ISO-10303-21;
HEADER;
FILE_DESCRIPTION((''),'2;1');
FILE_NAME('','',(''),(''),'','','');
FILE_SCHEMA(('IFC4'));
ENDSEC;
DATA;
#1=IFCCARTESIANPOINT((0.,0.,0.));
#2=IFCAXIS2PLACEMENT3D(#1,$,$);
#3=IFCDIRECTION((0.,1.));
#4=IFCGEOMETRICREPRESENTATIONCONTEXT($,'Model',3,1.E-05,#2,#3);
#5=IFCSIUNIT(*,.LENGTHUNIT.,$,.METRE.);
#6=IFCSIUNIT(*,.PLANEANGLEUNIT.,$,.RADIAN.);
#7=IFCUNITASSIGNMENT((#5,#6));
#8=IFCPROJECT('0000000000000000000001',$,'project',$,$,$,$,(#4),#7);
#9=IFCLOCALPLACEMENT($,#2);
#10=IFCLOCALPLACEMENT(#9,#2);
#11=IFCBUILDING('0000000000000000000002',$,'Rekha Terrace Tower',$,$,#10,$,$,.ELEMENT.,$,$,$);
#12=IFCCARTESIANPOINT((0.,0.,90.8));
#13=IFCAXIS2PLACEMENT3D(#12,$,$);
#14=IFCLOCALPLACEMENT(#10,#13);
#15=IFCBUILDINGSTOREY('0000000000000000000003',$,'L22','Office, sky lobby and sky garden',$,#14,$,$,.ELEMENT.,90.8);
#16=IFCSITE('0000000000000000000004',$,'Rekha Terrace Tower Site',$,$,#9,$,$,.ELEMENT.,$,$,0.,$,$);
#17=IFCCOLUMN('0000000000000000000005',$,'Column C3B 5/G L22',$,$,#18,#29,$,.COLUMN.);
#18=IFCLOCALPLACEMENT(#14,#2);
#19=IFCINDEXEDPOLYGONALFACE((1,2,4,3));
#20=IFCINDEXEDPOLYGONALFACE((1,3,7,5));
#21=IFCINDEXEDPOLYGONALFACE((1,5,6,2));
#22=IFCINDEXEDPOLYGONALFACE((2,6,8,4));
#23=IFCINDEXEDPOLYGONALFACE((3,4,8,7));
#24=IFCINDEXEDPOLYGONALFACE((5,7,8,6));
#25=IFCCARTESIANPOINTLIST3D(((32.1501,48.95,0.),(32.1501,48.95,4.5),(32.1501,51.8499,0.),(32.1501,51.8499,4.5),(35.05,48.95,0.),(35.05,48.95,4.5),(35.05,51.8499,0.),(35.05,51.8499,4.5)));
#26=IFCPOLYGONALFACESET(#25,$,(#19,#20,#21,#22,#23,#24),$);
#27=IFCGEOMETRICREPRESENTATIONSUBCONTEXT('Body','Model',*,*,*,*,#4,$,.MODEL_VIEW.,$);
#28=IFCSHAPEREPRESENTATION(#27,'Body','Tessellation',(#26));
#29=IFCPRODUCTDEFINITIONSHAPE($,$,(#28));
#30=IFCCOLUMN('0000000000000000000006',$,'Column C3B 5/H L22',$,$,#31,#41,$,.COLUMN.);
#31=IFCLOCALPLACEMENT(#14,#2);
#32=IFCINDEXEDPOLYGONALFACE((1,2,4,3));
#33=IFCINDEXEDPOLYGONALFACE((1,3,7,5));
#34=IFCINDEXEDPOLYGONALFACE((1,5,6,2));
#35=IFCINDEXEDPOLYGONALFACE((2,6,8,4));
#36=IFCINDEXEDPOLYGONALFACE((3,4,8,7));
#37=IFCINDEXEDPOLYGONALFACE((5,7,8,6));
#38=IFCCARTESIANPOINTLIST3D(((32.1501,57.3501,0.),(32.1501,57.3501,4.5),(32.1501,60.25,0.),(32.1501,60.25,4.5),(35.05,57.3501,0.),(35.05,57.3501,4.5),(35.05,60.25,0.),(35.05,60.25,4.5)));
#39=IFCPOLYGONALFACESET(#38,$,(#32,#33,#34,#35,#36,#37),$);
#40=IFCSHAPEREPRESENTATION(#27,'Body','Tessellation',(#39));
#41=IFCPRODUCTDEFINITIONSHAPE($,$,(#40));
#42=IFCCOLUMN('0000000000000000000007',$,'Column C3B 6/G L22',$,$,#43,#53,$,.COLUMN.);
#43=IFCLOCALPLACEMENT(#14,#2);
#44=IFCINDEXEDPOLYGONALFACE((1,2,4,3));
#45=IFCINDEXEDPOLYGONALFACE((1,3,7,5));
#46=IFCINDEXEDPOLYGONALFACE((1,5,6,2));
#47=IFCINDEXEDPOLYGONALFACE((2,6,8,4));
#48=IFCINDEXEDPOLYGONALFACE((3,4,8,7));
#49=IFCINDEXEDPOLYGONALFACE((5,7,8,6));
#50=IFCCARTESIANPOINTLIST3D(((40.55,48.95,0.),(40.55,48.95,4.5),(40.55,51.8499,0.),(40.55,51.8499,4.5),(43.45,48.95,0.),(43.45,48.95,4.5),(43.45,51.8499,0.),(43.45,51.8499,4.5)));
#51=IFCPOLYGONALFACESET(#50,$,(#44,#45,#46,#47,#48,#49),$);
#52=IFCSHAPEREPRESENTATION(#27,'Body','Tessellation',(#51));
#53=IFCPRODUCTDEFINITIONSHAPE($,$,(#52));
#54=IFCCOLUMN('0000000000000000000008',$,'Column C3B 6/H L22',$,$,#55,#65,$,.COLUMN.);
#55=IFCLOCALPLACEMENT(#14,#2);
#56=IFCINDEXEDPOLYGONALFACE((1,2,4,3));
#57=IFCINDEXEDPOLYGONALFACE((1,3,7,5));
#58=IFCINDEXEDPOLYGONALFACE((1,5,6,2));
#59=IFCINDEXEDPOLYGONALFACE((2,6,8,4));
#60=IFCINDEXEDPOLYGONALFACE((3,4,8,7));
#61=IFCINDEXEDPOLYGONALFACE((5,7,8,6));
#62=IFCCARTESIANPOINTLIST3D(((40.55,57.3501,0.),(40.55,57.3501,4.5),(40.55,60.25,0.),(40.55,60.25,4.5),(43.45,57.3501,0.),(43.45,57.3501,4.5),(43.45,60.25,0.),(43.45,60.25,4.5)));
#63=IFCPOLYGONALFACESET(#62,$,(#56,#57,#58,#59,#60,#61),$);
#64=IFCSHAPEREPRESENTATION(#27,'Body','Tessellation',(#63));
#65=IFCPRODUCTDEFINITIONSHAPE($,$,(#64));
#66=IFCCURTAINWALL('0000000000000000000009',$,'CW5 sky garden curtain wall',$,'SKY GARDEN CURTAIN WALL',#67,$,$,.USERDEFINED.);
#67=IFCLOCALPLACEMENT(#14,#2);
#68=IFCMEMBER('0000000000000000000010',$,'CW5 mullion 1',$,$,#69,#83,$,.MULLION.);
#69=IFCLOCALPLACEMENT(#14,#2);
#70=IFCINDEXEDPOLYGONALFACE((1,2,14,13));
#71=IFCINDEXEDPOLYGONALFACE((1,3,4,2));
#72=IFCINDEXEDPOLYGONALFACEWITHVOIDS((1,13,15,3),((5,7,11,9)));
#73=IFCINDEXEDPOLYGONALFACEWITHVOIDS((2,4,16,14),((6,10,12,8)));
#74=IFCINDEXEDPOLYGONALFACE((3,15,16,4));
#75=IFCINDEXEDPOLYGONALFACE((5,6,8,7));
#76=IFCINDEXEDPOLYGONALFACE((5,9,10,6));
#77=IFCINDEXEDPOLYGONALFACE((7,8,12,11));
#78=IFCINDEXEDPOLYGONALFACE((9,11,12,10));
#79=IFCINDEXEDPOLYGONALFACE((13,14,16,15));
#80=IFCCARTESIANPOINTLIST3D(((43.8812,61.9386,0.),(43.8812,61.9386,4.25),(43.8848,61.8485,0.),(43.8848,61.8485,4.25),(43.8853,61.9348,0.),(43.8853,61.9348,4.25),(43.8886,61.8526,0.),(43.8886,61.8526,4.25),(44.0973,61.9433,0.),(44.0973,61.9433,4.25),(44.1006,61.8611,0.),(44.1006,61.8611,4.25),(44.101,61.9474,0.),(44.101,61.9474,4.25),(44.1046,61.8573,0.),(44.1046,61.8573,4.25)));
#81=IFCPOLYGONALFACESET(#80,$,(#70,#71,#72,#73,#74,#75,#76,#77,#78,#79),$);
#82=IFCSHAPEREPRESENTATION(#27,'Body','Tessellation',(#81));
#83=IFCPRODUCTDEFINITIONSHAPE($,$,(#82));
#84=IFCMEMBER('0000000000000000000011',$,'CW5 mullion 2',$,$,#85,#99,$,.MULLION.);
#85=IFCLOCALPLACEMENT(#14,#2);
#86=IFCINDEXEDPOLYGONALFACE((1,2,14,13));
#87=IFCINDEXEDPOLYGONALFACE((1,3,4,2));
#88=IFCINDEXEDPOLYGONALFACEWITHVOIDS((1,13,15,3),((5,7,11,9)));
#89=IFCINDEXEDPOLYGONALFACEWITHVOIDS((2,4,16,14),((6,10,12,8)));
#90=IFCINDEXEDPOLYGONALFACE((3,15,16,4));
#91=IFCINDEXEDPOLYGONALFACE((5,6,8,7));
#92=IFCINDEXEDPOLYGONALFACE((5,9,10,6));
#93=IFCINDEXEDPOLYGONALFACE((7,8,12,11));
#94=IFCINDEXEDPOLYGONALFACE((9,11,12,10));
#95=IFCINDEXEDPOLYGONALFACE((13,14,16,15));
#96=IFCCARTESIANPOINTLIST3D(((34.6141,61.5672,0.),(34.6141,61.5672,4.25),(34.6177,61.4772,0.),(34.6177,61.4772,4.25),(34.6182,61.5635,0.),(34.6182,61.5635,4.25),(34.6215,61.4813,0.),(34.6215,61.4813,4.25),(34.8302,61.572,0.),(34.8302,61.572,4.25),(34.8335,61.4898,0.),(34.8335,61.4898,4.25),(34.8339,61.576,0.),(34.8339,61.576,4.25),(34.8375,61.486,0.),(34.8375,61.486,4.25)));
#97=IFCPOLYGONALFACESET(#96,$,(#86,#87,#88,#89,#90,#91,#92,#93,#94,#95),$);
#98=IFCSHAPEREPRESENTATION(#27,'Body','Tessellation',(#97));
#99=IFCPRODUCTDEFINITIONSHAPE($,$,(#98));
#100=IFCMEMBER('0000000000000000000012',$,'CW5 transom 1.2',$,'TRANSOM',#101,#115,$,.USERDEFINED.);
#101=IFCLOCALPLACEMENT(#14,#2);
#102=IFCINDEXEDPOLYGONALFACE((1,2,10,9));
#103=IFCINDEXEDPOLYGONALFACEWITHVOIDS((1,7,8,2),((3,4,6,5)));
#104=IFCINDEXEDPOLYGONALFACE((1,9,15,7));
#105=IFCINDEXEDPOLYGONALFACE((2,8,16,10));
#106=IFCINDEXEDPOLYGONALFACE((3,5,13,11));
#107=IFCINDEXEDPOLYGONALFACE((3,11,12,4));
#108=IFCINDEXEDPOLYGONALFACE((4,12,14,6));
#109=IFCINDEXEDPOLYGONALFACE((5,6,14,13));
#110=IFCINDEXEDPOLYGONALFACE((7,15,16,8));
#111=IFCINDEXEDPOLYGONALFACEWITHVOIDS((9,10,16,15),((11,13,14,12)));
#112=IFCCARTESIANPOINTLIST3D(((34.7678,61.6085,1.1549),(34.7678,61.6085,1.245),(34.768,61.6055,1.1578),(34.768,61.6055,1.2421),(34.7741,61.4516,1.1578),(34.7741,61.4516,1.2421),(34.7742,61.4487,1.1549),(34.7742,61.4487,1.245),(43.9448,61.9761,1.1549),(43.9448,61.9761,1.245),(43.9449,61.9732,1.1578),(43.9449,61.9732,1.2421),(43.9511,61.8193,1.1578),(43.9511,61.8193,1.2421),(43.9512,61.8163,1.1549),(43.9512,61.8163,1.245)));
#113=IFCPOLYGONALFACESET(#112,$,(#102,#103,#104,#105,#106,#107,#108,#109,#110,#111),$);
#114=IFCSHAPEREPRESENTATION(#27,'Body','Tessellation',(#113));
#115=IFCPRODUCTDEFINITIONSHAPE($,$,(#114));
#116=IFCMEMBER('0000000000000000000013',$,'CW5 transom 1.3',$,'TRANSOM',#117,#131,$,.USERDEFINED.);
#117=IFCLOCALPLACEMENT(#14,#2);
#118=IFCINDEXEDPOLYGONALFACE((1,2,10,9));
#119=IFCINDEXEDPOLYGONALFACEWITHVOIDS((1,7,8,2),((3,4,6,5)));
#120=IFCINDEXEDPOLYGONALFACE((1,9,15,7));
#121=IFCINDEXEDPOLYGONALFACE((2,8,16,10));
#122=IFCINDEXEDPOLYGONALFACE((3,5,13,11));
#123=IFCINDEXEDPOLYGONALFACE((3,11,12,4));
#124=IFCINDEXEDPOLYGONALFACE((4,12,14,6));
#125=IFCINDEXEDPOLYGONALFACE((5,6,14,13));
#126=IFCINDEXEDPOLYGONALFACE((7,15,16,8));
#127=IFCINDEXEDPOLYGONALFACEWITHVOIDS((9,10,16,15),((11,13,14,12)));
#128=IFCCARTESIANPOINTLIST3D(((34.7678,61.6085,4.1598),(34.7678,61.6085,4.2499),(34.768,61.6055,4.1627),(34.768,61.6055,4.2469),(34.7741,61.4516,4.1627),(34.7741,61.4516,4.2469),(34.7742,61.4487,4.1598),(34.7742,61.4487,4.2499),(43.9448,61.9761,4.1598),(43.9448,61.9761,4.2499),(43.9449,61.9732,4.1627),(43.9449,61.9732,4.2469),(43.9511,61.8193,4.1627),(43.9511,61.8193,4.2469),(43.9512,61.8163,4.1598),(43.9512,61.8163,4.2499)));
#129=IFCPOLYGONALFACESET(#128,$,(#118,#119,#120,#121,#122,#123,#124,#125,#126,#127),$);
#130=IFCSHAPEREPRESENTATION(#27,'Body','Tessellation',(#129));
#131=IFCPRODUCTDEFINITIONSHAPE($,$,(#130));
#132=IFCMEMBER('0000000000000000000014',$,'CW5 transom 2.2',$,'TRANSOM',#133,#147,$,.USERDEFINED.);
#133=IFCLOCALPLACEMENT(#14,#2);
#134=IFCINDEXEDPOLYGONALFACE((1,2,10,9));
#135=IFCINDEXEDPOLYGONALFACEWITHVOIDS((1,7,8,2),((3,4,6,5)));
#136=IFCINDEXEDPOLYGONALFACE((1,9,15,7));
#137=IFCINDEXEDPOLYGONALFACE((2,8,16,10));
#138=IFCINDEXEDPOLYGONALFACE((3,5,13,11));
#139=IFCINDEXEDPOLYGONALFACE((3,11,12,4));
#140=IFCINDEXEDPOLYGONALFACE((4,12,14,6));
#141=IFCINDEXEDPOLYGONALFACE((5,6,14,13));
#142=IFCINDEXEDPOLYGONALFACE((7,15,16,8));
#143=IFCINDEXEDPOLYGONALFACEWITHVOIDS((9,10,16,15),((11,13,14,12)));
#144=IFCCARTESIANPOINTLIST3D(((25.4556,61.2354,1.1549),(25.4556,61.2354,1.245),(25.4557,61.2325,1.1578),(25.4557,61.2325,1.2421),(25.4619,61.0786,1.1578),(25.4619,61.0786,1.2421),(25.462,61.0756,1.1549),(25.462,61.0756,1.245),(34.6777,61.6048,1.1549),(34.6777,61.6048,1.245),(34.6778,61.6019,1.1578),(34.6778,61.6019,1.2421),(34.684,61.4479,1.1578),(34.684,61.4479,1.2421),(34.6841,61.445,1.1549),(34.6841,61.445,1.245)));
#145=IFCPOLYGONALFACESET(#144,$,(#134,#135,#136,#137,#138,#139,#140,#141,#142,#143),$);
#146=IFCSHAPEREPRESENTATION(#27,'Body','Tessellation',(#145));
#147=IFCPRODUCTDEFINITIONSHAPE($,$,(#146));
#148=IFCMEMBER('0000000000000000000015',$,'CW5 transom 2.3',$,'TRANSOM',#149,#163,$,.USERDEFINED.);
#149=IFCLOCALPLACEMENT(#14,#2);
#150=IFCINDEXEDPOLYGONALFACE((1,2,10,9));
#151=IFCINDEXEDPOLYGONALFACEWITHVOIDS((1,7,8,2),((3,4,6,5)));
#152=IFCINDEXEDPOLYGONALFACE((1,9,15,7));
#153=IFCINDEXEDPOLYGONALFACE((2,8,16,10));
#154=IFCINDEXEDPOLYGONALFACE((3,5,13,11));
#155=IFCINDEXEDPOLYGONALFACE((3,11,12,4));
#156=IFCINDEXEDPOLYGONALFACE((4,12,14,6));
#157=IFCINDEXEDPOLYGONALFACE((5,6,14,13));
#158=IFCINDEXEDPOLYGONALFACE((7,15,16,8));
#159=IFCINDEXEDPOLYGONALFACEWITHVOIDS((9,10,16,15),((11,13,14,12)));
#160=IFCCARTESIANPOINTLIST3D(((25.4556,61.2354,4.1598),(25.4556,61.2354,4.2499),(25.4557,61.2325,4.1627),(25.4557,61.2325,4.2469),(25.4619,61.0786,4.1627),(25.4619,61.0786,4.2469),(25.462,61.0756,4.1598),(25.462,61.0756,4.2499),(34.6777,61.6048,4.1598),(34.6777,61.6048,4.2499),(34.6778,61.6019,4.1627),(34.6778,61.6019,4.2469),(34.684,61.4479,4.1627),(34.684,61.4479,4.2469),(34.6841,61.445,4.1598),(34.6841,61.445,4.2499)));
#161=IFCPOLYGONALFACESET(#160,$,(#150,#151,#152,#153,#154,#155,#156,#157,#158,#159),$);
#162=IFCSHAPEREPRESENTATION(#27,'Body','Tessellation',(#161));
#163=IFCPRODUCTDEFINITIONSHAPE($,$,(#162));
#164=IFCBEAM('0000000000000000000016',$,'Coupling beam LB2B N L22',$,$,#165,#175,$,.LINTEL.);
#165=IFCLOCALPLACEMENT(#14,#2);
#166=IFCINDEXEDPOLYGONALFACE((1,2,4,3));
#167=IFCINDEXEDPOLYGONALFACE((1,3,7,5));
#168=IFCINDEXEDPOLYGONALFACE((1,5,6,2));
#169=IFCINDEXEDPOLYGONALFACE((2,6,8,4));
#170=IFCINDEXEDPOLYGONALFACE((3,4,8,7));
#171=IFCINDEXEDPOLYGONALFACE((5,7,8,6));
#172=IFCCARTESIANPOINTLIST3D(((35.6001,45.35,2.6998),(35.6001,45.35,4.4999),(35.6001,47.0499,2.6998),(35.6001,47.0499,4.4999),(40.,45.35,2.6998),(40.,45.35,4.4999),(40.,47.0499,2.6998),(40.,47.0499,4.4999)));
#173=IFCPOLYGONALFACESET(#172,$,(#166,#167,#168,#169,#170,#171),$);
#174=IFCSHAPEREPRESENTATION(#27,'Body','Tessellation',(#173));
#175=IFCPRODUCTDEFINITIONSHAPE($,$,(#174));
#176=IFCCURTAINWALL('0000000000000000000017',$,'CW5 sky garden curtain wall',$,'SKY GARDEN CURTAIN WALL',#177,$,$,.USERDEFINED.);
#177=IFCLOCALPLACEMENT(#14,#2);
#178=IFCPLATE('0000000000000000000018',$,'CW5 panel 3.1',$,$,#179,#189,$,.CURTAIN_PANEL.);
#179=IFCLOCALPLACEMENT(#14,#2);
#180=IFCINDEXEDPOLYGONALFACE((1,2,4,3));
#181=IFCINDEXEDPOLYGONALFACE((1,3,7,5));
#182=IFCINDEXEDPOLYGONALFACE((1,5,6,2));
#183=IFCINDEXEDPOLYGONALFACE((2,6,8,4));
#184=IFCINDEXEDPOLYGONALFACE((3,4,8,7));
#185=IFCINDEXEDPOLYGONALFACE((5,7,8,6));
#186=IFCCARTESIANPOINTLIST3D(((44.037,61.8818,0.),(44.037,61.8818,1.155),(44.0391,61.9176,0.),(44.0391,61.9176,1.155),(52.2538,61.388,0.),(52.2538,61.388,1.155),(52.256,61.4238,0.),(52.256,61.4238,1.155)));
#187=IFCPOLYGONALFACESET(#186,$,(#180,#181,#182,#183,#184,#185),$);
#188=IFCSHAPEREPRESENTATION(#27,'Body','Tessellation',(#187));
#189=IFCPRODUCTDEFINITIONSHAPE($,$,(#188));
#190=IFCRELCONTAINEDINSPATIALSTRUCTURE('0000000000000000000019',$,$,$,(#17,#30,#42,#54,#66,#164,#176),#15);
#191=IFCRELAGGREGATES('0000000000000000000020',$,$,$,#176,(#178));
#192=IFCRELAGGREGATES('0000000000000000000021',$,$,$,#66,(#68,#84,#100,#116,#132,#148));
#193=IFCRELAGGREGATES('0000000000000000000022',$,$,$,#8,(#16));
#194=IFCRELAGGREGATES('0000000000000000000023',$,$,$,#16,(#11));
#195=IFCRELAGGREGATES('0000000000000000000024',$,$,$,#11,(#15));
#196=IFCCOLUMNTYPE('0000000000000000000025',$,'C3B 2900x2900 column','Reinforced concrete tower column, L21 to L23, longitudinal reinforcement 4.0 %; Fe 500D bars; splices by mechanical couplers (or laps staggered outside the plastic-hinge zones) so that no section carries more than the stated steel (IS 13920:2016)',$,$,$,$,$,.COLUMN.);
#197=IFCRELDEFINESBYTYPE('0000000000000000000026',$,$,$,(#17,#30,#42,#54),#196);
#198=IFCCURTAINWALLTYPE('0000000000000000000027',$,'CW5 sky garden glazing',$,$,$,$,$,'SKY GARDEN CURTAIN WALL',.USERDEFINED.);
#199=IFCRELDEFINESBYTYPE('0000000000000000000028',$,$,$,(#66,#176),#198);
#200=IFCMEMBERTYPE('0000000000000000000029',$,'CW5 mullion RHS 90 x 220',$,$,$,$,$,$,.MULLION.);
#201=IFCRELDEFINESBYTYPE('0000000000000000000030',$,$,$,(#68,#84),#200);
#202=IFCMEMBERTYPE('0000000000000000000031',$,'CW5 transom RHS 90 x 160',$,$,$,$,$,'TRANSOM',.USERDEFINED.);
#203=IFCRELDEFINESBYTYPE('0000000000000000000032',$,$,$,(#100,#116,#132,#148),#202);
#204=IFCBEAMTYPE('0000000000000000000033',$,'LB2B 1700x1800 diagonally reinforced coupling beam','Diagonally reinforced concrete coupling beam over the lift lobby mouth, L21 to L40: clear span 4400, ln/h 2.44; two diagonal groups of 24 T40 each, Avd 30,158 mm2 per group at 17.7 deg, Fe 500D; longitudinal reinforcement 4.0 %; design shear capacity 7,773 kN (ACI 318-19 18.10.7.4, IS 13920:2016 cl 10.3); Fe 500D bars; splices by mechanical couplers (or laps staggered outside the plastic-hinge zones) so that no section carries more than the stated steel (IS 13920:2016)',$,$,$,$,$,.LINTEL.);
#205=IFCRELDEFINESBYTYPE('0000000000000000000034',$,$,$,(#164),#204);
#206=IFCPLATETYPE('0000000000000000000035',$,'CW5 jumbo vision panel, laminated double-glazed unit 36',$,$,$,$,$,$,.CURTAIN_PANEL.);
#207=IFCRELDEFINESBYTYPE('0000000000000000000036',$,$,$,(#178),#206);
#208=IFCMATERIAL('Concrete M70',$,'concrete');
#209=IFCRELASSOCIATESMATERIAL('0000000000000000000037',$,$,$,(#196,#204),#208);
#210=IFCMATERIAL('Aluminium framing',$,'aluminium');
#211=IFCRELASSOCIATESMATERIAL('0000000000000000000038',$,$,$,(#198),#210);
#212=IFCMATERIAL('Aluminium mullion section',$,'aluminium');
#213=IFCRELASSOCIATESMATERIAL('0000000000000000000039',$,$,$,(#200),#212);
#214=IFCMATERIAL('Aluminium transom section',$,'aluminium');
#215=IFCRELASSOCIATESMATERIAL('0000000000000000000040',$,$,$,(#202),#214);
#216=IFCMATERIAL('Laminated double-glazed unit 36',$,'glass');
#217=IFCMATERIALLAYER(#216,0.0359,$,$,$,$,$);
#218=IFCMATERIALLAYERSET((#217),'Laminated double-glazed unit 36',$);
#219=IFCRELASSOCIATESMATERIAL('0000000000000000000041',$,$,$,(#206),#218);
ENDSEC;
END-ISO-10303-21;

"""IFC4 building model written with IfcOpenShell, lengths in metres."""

from ifc_helpers import new_model, si_unit, direction, frame, origin, origin_2d, place, context, subcontext, project, spatial, rectangle, hollow_rectangle, extrude, material, layer, layer_set, material_profile, profile_set, type_object, element, aggregate, save


model = new_model("IFC4")

# Units and contexts
model_context = context("Model", 3, precision=1e-05, world=origin(), true_north=direction((0.0, 1.0)))
body_context = subcontext(model_context, "Body", "Model", "MODEL_VIEW")
ifc_project = project(units=[si_unit("LENGTHUNIT", "METRE"), si_unit("PLANEANGLEUNIT", "RADIAN")], contexts=[model_context])

# Site, building, storey
site_placement = place(None, origin())
site = spatial("IfcSite", under=ifc_project, at=site_placement, Name="Rekha Terrace Tower Site", CompositionType="ELEMENT", RefElevation=0.0)
building_placement = place(site_placement, origin())
building = spatial("IfcBuilding", under=site, at=building_placement, Name="Rekha Terrace Tower", CompositionType="ELEMENT")
storey_placement = place(building_placement, frame((0.0, 0.0, 90.8)))
storey = spatial("IfcBuildingStorey", under=building, at=storey_placement, Name="L22", Description="Office, sky lobby and sky garden", CompositionType="ELEMENT", Elevation=90.8)

# Columns
ifc_material_1 = material(Name="Concrete M70", Category="concrete")
ifc_material_profile_1 = material_profile(ifc_material_1, rectangle(XDim=2.8999, YDim=2.8999, at=origin_2d()), Name="RC 2900x2900")
ifc_profile_set_1 = profile_set([ifc_material_profile_1], Name="Concrete M70")
column_type = type_object("IfcColumnType", Name="C3B 2900x2900 column", Description="Reinforced concrete tower column, L21 to L23, longitudinal reinforcement 4.0 %; Fe 500D bars; splices by mechanical couplers (or laps staggered outside the plastic-hinge zones) so that no section carries more than the stated steel (IS 13920:2016)", PredefinedType="COLUMN", material=ifc_profile_set_1)
for number, where, z_axis, x_axis, name in (
    (1, (33.6001, 50.3999, 0.0), (0.0, 0.0, 1.0), (1.0, 0.0, 0.0), "Column C3B 5/G L22"),
    (2, (33.6001, 58.8, 0.0), (0.0, 0.0, 1.0), (1.0, 0.0, 0.0), "Column C3B 5/H L22"),
    (3, (42.0, 50.3999, 0.0), (0.0, 0.0, 1.0), (1.0, 0.0, 0.0), "Column C3B 6/G L22"),
    (4, (42.0, 58.8, 0.0), (0.0, 0.0, 1.0), (1.0, 0.0, 0.0), "Column C3B 6/H L22"),
):
    element("IfcColumn", number, at=place(storey_placement, frame(where, z_axis=z_axis, x_axis=x_axis)), inside=storey, type_object=column_type, Name=name, PredefinedType="COLUMN", context=body_context, shape_type="SweptSolid", body=[
        extrude(rectangle(XDim=2.8999, YDim=2.8999, at=origin_2d()), origin(), (0.0, 0.0, 1.0), 4.5),
    ])

# Curtain wall, members
ifc_material_2 = material(Name="Aluminium framing", Category="aluminium")
curtain_wall_type = type_object("IfcCurtainWallType", Name="CW5 sky garden glazing", ElementType="SKY GARDEN CURTAIN WALL", PredefinedType="USERDEFINED", material=ifc_material_2)
curtain_wall_1_placement = place(storey_placement, origin())
curtain_wall_1 = element("IfcCurtainWall", 5, at=curtain_wall_1_placement, inside=storey, type_object=curtain_wall_type, Name="CW5 sky garden curtain wall", ObjectType="SKY GARDEN CURTAIN WALL", PredefinedType="USERDEFINED")
ifc_material_3 = material(Name="Aluminium mullion section", Category="aluminium")
ifc_material_profile_2 = material_profile(ifc_material_3, hollow_rectangle(XDim=0.0901, YDim=0.22, WallThickness=0.0039, at=origin_2d()), Name="AL RHS 90x220")
ifc_profile_set_2 = profile_set([ifc_material_profile_2], Name="Aluminium mullion section")
member_type_1 = type_object("IfcMemberType", Name="CW5 mullion RHS 90 x 220", PredefinedType="MULLION", material=ifc_profile_set_2)
member_1_placement = place(storey_placement, frame((43.9929, 61.8979, 0.0), z_axis=(0.0, 0.0, 1.0), x_axis=(0.040032, -0.999198, 0.0)))
member_1 = element("IfcMember", 6, at=member_1_placement, type_object=member_type_1, Name="CW5 mullion 1", PredefinedType="MULLION", context=body_context, shape_type="SweptSolid", body=[
    extrude(hollow_rectangle(XDim=0.0901, YDim=0.22, WallThickness=0.0039, at=origin_2d()), origin(), (0.0, 0.0, 1.0), 4.25),
])
member_2_placement = place(storey_placement, frame((34.7258, 61.5266, 0.0), z_axis=(0.0, 0.0, 1.0), x_axis=(0.040032, -0.999198, 0.0)))
member_2 = element("IfcMember", 7, at=member_2_placement, type_object=member_type_1, Name="CW5 mullion 2", PredefinedType="MULLION", context=body_context, shape_type="SweptSolid", body=[
    extrude(hollow_rectangle(XDim=0.0901, YDim=0.22, WallThickness=0.0039, at=origin_2d()), origin(), (0.0, 0.0, 1.0), 4.25),
])
ifc_material_4 = material(Name="Aluminium transom section", Category="aluminium")
ifc_material_profile_3 = material_profile(ifc_material_4, hollow_rectangle(XDim=0.1599, YDim=0.0901, WallThickness=0.0029, at=origin_2d()), Name="AL RHS 160x90")
ifc_profile_set_3 = profile_set([ifc_material_profile_3], Name="Aluminium transom section")
member_type_2 = type_object("IfcMemberType", Name="CW5 transom RHS 90 x 160", ElementType="TRANSOM", PredefinedType="USERDEFINED", material=ifc_profile_set_3)
member_3_placement = place(storey_placement, frame((43.948, 61.8962, 1.2), z_axis=(-0.999198, -0.040033, 0.0), x_axis=(0.040033, -0.999198, 0.0)))
member_3 = element("IfcMember", 8, at=member_3_placement, type_object=member_type_2, Name="CW5 transom 1.2", ObjectType="TRANSOM", PredefinedType="USERDEFINED", context=body_context, shape_type="SweptSolid", body=[
    extrude(hollow_rectangle(XDim=0.1599, YDim=0.0901, WallThickness=0.0029, at=origin_2d()), origin(), (0.0, 0.0, 1.0), 9.1843),
])
member_4_placement = place(storey_placement, frame((43.948, 61.8962, 4.2048), z_axis=(-0.999198, -0.040033, 0.0), x_axis=(0.040033, -0.999198, 0.0)))
member_4 = element("IfcMember", 9, at=member_4_placement, type_object=member_type_2, Name="CW5 transom 1.3", ObjectType="TRANSOM", PredefinedType="USERDEFINED", context=body_context, shape_type="SweptSolid", body=[
    extrude(hollow_rectangle(XDim=0.1599, YDim=0.0901, WallThickness=0.0029, at=origin_2d()), origin(), (0.0, 0.0, 1.0), 9.1843),
])
member_5_placement = place(storey_placement, frame((34.6809, 61.5249, 1.2), z_axis=(-0.999199, -0.040022, 0.0), x_axis=(0.040022, -0.999199, 0.0)))
member_5 = element("IfcMember", 10, at=member_5_placement, type_object=member_type_2, Name="CW5 transom 2.2", ObjectType="TRANSOM", PredefinedType="USERDEFINED", context=body_context, shape_type="SweptSolid", body=[
    extrude(hollow_rectangle(XDim=0.1599, YDim=0.0901, WallThickness=0.0029, at=origin_2d()), origin(), (0.0, 0.0, 1.0), 9.2295),
])
member_6_placement = place(storey_placement, frame((34.6809, 61.5249, 4.2048), z_axis=(-0.999199, -0.040022, 0.0), x_axis=(0.040022, -0.999199, 0.0)))
member_6 = element("IfcMember", 11, at=member_6_placement, type_object=member_type_2, Name="CW5 transom 2.3", ObjectType="TRANSOM", PredefinedType="USERDEFINED", context=body_context, shape_type="SweptSolid", body=[
    extrude(hollow_rectangle(XDim=0.1599, YDim=0.0901, WallThickness=0.0029, at=origin_2d()), origin(), (0.0, 0.0, 1.0), 9.2295),
])

# Beam
ifc_material_profile_4 = material_profile(ifc_material_1, rectangle(XDim=1.7, YDim=1.8, at=origin_2d()), Name="RC 1700x1800")
ifc_profile_set_4 = profile_set([ifc_material_profile_4], Name="Concrete M70")
beam_type = type_object("IfcBeamType", Name="LB2B 1700x1800 diagonally reinforced coupling beam", Description="Diagonally reinforced concrete coupling beam over the lift lobby mouth, L21 to L40: clear span 4400, ln/h 2.44; two diagonal groups of 24 T40 each, Avd 30,158 mm2 per group at 17.7 deg, Fe 500D; longitudinal reinforcement 4.0 %; design shear capacity 7,773 kN (ACI 318-19 18.10.7.4, IS 13920:2016 cl 10.3); Fe 500D bars; splices by mechanical couplers (or laps staggered outside the plastic-hinge zones) so that no section carries more than the stated steel (IS 13920:2016)", PredefinedType="LINTEL", material=ifc_profile_set_4)
beam_placement = place(storey_placement, frame((35.6001, 46.2, 3.5999), z_axis=(1.0, 0.0, 0.0), x_axis=(0.0, 1.0, 0.0)))
element("IfcBeam", 12, at=beam_placement, inside=storey, type_object=beam_type, Name="Coupling beam LB2B N L22", PredefinedType="LINTEL", context=body_context, shape_type="SweptSolid", body=[
    extrude(rectangle(XDim=1.7, YDim=1.8, at=origin_2d()), origin(), (0.0, 0.0, 1.0), 4.3999),
])

# Curtain wall, plate
curtain_wall_2_placement = place(storey_placement, origin())
curtain_wall_2 = element("IfcCurtainWall", 13, at=curtain_wall_2_placement, inside=storey, type_object=curtain_wall_type, Name="CW5 sky garden curtain wall", ObjectType="SKY GARDEN CURTAIN WALL", PredefinedType="USERDEFINED")
ifc_material_5 = material(Name="Laminated double-glazed unit 36", Category="glass")
ifc_layer_1 = layer(ifc_material_5, 0.0359)
ifc_layer_set_1 = layer_set([ifc_layer_1], Name="Laminated double-glazed unit 36")
plate_type = type_object("IfcPlateType", Name="CW5 jumbo vision panel, laminated double-glazed unit 36", PredefinedType="CURTAIN_PANEL", material=ifc_layer_set_1)
plate_1_placement = place(storey_placement, frame((48.1465, 61.6528, 0.0), z_axis=(0.0, 0.0, 1.0), x_axis=(-0.998199, 0.059988, 0.0)))
plate_1 = element("IfcPlate", 14, at=plate_1_placement, type_object=plate_type, Name="CW5 panel 3.1", PredefinedType="CURTAIN_PANEL", context=body_context, shape_type="SweptSolid", body=[
    extrude(rectangle(XDim=8.2317, YDim=0.0359, at=origin_2d()), origin(), (0.0, 0.0, 1.0), 1.155),
])
aggregate(curtain_wall_2, [plate_1])

aggregate(curtain_wall_1, [member_1, member_2, member_3, member_4, member_5, member_6])

save(model, "model.ifc")
